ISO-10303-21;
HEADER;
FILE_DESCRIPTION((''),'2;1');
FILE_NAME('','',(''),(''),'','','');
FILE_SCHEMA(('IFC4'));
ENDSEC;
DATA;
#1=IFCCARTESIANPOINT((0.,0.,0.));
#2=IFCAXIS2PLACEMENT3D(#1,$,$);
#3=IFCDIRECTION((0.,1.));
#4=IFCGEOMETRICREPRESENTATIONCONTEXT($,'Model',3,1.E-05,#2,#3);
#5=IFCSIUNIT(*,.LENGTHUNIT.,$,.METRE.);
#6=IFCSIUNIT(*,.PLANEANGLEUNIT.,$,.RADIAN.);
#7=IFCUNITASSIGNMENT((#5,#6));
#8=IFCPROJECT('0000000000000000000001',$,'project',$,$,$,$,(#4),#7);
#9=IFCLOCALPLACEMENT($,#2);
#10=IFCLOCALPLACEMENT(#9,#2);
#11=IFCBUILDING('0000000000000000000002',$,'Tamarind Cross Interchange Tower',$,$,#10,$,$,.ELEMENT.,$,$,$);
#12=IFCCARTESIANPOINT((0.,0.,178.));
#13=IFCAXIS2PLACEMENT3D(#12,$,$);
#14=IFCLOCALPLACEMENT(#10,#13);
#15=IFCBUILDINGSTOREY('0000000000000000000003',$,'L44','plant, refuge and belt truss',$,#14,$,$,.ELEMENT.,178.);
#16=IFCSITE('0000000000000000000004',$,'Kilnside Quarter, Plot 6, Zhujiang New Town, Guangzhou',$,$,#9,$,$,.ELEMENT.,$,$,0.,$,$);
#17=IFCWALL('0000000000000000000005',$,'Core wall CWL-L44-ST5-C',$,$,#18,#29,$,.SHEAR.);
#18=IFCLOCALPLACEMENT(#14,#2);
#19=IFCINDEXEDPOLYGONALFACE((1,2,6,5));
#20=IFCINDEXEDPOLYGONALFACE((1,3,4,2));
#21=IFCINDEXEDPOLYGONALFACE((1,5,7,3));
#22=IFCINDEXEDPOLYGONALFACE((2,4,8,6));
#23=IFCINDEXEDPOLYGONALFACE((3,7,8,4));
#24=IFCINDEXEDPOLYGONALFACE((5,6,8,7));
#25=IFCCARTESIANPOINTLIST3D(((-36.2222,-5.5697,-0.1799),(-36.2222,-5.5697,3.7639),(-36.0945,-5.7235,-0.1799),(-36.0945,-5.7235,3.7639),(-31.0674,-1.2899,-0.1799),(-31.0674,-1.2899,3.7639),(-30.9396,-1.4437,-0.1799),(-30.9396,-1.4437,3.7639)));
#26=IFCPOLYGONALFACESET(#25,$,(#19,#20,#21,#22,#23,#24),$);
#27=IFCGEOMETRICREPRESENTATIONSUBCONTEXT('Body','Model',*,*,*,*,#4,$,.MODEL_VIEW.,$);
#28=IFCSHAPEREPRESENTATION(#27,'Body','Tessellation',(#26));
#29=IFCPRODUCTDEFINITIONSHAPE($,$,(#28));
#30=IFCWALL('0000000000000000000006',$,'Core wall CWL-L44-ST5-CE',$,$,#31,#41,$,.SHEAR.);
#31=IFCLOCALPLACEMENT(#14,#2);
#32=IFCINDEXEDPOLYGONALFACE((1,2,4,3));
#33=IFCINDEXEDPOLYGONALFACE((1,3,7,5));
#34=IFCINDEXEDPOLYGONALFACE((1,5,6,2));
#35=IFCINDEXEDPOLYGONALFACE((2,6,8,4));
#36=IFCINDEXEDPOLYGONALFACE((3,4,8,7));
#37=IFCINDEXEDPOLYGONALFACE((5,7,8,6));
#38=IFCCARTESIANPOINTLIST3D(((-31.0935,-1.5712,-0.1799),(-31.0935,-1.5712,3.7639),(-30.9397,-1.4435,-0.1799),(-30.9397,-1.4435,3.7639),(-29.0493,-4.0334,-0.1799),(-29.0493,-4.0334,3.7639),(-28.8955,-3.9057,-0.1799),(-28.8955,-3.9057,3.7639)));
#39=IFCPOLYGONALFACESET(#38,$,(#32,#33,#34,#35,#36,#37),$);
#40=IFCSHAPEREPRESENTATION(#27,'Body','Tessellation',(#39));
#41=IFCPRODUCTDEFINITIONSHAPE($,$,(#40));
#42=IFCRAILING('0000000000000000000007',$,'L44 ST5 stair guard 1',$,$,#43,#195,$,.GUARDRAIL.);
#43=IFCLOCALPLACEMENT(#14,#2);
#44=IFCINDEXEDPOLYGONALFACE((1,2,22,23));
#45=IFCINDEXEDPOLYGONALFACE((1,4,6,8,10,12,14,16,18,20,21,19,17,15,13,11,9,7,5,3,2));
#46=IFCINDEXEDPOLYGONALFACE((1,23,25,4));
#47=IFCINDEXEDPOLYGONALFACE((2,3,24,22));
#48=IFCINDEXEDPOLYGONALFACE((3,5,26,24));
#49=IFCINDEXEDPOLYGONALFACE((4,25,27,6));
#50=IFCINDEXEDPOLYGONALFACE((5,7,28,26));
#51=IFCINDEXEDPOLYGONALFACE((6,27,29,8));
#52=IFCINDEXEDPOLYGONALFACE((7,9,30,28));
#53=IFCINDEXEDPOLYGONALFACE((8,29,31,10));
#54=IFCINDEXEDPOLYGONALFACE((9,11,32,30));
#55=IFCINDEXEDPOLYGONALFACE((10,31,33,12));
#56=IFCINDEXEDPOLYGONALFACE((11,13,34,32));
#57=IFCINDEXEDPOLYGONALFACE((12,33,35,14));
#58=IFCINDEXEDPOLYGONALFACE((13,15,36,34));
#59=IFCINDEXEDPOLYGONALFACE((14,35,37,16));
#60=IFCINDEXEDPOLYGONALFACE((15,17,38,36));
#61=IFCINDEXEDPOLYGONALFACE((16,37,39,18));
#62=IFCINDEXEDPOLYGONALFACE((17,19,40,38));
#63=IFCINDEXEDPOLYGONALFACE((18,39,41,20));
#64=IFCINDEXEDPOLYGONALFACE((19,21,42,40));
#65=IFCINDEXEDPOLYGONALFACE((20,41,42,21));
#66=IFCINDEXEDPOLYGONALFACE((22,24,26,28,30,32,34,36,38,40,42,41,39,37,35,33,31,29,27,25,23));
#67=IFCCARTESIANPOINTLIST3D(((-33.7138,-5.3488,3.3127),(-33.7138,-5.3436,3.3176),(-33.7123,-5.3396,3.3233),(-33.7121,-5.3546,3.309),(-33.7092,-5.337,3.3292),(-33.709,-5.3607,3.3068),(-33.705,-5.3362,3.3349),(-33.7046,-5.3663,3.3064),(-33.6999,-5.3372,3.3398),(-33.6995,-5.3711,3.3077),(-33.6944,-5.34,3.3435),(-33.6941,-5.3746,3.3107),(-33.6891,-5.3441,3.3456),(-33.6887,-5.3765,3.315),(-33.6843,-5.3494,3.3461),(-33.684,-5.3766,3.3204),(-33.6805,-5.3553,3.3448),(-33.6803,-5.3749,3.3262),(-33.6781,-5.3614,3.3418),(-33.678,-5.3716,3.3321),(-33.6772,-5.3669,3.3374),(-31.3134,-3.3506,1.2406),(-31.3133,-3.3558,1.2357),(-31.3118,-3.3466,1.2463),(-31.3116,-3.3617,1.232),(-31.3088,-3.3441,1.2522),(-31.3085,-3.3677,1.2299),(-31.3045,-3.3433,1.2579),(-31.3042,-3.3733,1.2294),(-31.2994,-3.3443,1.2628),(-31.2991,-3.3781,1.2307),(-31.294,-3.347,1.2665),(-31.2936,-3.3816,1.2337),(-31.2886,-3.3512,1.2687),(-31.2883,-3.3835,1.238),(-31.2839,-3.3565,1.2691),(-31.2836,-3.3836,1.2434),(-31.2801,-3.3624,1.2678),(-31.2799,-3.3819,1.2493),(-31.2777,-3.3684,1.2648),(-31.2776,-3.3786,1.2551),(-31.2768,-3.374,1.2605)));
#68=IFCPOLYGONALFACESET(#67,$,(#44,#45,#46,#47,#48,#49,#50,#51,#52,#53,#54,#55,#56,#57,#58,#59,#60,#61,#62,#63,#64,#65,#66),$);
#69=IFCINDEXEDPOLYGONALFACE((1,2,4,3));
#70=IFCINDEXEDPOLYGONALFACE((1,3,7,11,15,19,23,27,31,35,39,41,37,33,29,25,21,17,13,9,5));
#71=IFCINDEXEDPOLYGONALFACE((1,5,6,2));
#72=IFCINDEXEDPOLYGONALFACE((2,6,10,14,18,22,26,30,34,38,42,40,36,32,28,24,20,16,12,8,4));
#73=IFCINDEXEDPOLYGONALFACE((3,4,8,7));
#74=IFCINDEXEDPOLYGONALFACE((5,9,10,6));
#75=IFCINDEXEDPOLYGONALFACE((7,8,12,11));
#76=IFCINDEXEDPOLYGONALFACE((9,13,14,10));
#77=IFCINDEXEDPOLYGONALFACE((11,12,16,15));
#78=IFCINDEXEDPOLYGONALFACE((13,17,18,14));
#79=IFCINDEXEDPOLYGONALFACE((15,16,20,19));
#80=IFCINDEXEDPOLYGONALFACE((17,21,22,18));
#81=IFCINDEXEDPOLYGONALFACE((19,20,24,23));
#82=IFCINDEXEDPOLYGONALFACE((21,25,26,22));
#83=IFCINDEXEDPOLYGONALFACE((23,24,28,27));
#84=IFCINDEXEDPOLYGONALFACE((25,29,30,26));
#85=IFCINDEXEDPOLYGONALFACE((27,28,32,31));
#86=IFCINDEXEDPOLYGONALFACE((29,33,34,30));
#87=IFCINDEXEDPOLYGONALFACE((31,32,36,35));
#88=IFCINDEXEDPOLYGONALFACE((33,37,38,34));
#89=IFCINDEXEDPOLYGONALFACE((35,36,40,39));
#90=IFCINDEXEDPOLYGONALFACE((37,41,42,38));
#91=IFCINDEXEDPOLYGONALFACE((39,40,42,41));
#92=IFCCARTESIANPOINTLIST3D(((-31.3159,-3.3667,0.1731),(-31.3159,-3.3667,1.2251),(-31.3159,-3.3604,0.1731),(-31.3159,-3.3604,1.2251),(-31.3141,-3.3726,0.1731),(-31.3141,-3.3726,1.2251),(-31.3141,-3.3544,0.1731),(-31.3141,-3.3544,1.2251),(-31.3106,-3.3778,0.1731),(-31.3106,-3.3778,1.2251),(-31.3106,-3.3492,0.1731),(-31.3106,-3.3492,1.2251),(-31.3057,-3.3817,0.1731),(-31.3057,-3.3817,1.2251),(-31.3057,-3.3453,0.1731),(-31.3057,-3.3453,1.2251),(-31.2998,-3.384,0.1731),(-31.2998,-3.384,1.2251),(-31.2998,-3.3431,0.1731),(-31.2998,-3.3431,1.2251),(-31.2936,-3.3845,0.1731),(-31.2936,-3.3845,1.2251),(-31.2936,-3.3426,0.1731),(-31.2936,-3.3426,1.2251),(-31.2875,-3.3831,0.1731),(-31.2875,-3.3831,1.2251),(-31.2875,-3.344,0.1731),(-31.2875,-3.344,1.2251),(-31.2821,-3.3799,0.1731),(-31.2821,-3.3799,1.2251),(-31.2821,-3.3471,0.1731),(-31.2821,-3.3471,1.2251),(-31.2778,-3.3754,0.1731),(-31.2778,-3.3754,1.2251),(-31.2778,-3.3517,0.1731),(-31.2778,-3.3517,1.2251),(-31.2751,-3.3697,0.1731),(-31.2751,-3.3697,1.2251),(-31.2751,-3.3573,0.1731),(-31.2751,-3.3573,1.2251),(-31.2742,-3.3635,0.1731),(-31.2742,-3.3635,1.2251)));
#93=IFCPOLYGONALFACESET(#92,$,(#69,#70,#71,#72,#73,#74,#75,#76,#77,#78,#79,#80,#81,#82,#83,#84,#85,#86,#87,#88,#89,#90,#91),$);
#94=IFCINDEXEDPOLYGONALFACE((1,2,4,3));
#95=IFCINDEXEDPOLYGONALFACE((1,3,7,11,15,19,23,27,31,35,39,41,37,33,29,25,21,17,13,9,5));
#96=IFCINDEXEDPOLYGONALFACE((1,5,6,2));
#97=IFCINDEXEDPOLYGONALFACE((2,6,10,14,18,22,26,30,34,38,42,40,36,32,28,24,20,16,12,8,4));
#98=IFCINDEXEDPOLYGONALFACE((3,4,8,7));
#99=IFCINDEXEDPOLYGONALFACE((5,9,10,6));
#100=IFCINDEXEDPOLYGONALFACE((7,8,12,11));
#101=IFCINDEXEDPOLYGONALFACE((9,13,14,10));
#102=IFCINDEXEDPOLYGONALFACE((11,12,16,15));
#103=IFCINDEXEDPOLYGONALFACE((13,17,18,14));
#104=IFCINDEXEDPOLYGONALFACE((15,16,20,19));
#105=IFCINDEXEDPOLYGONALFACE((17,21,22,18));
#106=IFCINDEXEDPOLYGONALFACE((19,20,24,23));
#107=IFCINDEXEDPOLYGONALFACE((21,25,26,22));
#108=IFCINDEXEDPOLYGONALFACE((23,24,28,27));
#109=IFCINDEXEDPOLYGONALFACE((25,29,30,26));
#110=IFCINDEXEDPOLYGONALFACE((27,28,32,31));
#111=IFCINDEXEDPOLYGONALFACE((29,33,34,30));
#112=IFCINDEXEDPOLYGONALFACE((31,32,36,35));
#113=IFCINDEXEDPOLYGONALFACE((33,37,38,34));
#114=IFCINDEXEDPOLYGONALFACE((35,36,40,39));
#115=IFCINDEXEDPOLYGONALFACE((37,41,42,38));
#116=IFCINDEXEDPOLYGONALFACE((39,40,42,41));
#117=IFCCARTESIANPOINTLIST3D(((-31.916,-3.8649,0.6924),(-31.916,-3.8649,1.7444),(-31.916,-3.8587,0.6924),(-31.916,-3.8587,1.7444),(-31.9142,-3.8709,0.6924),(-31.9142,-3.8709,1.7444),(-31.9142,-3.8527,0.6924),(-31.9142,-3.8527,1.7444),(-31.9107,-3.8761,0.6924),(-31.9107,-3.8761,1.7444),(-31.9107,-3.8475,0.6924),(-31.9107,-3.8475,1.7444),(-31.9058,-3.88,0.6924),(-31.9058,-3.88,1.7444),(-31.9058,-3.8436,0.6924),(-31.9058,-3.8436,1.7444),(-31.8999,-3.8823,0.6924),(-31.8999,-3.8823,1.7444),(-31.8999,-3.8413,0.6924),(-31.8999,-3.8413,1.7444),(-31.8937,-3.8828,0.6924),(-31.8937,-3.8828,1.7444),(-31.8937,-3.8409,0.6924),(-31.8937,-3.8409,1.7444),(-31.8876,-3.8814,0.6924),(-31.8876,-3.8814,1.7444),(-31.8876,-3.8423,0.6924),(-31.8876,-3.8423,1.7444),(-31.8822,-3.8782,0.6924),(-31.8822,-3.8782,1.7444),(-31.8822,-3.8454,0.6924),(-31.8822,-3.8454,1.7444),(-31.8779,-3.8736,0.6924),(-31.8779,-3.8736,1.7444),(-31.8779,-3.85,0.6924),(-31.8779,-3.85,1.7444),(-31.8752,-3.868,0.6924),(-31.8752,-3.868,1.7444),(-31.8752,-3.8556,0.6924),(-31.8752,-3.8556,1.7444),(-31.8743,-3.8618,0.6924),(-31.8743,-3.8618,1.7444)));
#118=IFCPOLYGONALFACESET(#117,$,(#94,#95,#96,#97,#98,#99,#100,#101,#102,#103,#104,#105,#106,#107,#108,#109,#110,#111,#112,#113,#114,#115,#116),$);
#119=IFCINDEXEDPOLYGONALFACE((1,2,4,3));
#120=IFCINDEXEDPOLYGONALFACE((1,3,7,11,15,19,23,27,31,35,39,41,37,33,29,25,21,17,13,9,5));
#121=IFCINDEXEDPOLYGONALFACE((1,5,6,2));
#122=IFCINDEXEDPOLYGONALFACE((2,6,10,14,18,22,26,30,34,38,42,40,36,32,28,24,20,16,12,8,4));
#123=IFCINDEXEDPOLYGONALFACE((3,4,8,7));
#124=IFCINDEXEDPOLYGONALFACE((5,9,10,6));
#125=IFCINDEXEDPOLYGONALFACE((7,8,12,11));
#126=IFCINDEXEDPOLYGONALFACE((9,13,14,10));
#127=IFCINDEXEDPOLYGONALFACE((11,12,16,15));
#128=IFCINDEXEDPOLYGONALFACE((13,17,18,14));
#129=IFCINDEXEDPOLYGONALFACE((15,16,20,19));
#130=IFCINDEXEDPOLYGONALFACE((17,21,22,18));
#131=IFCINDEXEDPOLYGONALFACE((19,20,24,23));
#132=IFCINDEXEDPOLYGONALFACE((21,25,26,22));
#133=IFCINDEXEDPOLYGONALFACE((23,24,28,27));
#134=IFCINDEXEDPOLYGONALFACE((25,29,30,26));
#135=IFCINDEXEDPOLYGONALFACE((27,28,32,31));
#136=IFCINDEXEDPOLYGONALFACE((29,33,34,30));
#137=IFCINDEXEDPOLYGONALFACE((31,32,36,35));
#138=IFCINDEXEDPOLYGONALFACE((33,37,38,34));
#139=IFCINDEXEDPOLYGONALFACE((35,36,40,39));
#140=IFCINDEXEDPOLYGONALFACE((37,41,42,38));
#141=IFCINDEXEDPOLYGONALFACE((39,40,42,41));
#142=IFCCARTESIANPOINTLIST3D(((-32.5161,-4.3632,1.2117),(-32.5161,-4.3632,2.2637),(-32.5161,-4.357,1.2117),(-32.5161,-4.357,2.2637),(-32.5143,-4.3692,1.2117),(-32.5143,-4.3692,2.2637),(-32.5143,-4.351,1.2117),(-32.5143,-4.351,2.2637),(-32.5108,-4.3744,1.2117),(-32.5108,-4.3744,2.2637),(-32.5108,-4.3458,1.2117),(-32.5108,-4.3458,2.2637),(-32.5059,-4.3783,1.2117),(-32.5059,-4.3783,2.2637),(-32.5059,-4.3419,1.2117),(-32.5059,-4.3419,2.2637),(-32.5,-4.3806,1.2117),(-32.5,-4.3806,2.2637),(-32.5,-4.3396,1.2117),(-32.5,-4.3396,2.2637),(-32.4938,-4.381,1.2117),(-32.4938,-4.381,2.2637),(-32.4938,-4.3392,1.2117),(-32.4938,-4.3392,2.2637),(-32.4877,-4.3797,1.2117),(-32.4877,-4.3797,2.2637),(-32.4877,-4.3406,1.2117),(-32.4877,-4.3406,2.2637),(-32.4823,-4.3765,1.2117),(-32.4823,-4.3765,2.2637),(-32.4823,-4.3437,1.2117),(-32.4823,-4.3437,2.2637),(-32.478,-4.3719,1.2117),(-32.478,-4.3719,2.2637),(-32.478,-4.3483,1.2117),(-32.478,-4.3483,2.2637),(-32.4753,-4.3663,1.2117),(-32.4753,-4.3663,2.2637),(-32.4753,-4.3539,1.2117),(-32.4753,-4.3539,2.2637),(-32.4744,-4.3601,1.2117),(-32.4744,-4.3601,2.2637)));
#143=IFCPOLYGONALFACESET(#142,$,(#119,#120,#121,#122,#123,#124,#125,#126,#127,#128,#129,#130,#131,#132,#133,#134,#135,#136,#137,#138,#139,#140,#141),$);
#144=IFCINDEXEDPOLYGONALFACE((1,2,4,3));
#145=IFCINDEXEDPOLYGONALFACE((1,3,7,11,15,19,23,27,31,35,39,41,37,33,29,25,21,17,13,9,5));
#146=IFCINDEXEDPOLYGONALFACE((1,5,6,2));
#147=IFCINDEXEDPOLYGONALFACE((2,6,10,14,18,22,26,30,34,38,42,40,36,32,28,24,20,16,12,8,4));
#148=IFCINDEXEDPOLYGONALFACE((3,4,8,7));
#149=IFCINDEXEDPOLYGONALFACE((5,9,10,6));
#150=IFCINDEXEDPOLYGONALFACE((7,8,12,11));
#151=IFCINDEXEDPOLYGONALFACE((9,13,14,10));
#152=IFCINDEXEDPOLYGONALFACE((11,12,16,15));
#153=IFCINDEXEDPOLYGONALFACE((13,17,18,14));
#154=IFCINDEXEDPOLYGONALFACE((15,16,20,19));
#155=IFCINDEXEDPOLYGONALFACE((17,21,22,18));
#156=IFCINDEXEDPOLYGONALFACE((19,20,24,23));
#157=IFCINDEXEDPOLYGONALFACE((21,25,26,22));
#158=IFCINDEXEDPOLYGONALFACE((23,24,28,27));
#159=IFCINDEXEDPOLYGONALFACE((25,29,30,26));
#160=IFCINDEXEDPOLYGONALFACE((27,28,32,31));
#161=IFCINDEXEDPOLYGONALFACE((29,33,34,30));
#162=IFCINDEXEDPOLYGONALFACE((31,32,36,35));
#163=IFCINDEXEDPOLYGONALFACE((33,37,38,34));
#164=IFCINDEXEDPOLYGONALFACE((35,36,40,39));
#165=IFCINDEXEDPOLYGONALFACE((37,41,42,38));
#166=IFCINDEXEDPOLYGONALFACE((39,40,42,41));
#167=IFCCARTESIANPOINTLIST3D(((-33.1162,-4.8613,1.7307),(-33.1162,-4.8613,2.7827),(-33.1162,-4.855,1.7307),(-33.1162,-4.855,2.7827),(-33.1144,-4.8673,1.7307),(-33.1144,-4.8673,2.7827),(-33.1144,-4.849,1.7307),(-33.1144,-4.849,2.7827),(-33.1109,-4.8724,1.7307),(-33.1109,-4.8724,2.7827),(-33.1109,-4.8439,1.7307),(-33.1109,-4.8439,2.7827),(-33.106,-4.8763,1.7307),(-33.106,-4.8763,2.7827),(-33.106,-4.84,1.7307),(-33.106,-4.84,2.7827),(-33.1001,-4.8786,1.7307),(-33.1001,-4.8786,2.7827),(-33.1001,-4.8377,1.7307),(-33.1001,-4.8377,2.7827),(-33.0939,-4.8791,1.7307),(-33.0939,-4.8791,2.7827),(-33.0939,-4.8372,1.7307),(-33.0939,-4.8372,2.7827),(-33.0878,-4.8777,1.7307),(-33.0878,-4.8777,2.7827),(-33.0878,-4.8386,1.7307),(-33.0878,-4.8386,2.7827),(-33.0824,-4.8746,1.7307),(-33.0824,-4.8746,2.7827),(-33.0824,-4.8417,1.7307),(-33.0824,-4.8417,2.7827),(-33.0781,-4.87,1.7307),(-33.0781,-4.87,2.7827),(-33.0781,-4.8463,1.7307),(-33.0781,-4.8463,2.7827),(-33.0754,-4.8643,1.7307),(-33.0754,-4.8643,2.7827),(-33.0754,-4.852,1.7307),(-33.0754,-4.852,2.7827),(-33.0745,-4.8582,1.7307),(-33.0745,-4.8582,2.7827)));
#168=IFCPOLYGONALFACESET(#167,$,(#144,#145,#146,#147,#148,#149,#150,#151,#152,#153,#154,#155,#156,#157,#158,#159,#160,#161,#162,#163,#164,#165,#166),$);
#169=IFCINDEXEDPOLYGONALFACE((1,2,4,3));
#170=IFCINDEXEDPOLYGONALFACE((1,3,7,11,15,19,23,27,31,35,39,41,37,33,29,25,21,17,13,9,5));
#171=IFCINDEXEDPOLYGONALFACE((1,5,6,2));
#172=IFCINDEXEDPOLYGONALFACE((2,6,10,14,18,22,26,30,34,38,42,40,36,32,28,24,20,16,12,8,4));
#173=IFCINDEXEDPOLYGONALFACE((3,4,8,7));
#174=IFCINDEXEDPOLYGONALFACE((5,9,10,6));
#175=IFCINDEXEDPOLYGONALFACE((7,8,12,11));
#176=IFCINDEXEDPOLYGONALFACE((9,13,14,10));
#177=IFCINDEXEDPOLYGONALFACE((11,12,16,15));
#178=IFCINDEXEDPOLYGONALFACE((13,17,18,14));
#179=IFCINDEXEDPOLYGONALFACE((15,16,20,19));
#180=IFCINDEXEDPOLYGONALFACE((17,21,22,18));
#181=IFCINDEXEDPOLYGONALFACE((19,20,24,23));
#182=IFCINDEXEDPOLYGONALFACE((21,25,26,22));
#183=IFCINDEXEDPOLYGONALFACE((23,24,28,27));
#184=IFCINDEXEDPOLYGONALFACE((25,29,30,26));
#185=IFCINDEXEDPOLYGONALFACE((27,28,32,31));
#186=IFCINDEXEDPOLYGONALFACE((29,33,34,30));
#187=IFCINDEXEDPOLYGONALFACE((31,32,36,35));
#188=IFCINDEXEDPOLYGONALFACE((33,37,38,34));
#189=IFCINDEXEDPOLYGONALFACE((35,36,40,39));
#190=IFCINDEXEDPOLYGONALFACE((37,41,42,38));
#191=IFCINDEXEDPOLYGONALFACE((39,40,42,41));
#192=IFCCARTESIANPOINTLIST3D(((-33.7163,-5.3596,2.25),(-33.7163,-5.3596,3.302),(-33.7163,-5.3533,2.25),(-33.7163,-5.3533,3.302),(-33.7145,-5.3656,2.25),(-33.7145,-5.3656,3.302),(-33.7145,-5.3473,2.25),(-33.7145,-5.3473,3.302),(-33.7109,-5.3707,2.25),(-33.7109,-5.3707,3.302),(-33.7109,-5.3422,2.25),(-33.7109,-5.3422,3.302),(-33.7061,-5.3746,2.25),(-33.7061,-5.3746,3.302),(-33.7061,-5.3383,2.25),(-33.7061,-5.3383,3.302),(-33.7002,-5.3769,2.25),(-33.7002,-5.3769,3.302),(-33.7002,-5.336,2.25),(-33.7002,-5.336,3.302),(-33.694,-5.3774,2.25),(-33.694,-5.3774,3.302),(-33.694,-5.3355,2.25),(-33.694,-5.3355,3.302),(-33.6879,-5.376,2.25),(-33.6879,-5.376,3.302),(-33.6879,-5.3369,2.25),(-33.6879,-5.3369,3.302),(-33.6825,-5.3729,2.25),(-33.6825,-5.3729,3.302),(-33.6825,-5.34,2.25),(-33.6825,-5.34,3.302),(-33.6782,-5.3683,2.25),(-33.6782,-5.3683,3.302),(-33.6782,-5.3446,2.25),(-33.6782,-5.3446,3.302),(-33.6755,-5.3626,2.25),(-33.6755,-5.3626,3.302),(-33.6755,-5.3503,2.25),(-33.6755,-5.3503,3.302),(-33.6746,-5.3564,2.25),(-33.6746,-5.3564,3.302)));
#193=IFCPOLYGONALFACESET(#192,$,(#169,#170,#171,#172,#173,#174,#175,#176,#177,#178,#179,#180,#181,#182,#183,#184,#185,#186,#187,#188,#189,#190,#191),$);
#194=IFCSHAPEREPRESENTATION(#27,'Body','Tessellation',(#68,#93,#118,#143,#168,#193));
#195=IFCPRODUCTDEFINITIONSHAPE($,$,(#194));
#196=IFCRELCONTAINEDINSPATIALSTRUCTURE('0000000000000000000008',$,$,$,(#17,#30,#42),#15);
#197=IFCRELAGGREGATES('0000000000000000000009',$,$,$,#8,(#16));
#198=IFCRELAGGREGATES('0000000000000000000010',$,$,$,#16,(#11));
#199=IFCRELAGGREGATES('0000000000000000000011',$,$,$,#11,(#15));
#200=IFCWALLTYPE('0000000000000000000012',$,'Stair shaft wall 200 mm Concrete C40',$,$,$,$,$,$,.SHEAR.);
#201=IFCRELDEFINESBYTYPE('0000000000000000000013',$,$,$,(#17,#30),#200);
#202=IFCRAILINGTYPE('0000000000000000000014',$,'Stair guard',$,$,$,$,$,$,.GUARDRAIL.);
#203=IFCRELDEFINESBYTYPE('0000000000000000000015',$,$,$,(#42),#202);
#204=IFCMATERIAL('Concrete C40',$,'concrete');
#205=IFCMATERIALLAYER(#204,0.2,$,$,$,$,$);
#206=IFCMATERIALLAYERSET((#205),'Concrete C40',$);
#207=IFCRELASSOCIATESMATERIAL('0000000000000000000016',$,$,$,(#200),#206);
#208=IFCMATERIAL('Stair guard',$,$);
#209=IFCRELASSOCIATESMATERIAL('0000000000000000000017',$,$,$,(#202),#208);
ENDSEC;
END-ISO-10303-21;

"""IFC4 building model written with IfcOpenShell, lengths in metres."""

from ifc_helpers import new_model, si_unit, direction, frame, frame_2d, origin, origin_2d, place, context, subcontext, project, spatial, rectangle, circle, extrude, material, layer, layer_set, type_object, element, save


model = new_model("IFC4")

# Units and contexts
model_context = context("Model", 3, precision=1e-05, world=origin(), true_north=direction((0.0, 1.0)))
body_context = subcontext(model_context, "Body", "Model", "MODEL_VIEW")
ifc_project = project(units=[si_unit("LENGTHUNIT", "METRE"), si_unit("PLANEANGLEUNIT", "RADIAN")], contexts=[model_context])

# Site, building, storey
site_placement = place(None, origin())
site = spatial("IfcSite", under=ifc_project, at=site_placement, Name="Kilnside Quarter, Plot 6, Zhujiang New Town, Guangzhou", CompositionType="ELEMENT", RefElevation=0.0)
building_placement = place(site_placement, origin())
building = spatial("IfcBuilding", under=site, at=building_placement, Name="Tamarind Cross Interchange Tower", CompositionType="ELEMENT")
storey_placement = place(building_placement, frame((0.0, 0.0, 178.0)))
storey = spatial("IfcBuildingStorey", under=building, at=storey_placement, Name="L44", Description="plant, refuge and belt truss", CompositionType="ELEMENT", Elevation=178.0)

# Shared definitions
ifc_material_1 = material(Name="Concrete C40", Category="concrete")
ifc_layer_1 = layer(ifc_material_1, 0.2)
ifc_layer_set_1 = layer_set([ifc_layer_1], Name="Concrete C40")
wall_type_1 = type_object("IfcWallType", Name="Stair shaft wall 200 mm Concrete C40", PredefinedType="SHEAR", material=ifc_layer_set_1)

# Walls
wall_1_placement = place(storey_placement, frame((-31.0034, -1.3667, -0.1799), z_axis=(0.0, 0.0, 1.0), x_axis=(-0.769385, -0.638785, 0.0)))
element("IfcWall", 1, at=wall_1_placement, inside=storey, type_object=wall_type_1, Name="Core wall CWL-L44-ST5-C", PredefinedType="SHEAR", context=body_context, shape_type="SweptSolid", body=[
    extrude(rectangle(XDim=6.7, YDim=0.2, at=frame_2d((3.3501, 0.0))), origin(), (0.0, 0.0, 1.0), 3.9438),
])
wall_2_placement = place(storey_placement, frame((-31.0166, -1.5073, -0.1799), z_axis=(0.0, 0.0, 1.0), x_axis=(0.63878, -0.769389, 0.0)))
element("IfcWall", 2, at=wall_2_placement, inside=storey, type_object=wall_type_1, Name="Core wall CWL-L44-ST5-CE", PredefinedType="SHEAR", context=body_context, shape_type="SweptSolid", body=[
    extrude(rectangle(XDim=3.2002, YDim=0.2, at=frame_2d((1.6001, 0.0))), origin(), (0.0, 0.0, 1.0), 3.9438),
])

# Railing
ifc_material_2 = material(Name="Stair guard")
railing_type = type_object("IfcRailingType", Name="Stair guard", PredefinedType="GUARDRAIL", material=ifc_material_2)
railing_1_placement = place(storey_placement, frame((-31.2952, -3.3635, 0.1731)))
element("IfcRailing", 3, at=railing_1_placement, inside=storey, type_object=railing_type, Name="L44 ST5 stair guard 1", PredefinedType="GUARDRAIL", context=body_context, shape_type="SweptSolid", body=[
    extrude(circle(Radius=0.0239, at=origin_2d()), frame((0.0, 0.0, 1.0762), z_axis=(-0.640454, -0.531736, 0.554144), x_axis=(0.638782, -0.769387, 0.0)), (0.0, 0.0, 1.0), 3.748),
    extrude(circle(Radius=0.021, at=origin_2d()), origin(), (0.0, 0.0, 1.0), 1.052),
    extrude(circle(Radius=0.021, at=origin_2d()), frame((-0.6001, -0.4983, 0.5193)), (0.0, 0.0, 1.0), 1.052),
    extrude(circle(Radius=0.021, at=origin_2d()), frame((-1.2002, -0.9966, 1.0386)), (0.0, 0.0, 1.0), 1.052),
    extrude(circle(Radius=0.021, at=origin_2d()), frame((-1.8003, -1.4946, 1.5576)), (0.0, 0.0, 1.0), 1.052),
    extrude(circle(Radius=0.021, at=origin_2d()), frame((-2.4004, -1.9929, 2.0769)), (0.0, 0.0, 1.0), 1.052),
])

save(model, "model.ifc")
